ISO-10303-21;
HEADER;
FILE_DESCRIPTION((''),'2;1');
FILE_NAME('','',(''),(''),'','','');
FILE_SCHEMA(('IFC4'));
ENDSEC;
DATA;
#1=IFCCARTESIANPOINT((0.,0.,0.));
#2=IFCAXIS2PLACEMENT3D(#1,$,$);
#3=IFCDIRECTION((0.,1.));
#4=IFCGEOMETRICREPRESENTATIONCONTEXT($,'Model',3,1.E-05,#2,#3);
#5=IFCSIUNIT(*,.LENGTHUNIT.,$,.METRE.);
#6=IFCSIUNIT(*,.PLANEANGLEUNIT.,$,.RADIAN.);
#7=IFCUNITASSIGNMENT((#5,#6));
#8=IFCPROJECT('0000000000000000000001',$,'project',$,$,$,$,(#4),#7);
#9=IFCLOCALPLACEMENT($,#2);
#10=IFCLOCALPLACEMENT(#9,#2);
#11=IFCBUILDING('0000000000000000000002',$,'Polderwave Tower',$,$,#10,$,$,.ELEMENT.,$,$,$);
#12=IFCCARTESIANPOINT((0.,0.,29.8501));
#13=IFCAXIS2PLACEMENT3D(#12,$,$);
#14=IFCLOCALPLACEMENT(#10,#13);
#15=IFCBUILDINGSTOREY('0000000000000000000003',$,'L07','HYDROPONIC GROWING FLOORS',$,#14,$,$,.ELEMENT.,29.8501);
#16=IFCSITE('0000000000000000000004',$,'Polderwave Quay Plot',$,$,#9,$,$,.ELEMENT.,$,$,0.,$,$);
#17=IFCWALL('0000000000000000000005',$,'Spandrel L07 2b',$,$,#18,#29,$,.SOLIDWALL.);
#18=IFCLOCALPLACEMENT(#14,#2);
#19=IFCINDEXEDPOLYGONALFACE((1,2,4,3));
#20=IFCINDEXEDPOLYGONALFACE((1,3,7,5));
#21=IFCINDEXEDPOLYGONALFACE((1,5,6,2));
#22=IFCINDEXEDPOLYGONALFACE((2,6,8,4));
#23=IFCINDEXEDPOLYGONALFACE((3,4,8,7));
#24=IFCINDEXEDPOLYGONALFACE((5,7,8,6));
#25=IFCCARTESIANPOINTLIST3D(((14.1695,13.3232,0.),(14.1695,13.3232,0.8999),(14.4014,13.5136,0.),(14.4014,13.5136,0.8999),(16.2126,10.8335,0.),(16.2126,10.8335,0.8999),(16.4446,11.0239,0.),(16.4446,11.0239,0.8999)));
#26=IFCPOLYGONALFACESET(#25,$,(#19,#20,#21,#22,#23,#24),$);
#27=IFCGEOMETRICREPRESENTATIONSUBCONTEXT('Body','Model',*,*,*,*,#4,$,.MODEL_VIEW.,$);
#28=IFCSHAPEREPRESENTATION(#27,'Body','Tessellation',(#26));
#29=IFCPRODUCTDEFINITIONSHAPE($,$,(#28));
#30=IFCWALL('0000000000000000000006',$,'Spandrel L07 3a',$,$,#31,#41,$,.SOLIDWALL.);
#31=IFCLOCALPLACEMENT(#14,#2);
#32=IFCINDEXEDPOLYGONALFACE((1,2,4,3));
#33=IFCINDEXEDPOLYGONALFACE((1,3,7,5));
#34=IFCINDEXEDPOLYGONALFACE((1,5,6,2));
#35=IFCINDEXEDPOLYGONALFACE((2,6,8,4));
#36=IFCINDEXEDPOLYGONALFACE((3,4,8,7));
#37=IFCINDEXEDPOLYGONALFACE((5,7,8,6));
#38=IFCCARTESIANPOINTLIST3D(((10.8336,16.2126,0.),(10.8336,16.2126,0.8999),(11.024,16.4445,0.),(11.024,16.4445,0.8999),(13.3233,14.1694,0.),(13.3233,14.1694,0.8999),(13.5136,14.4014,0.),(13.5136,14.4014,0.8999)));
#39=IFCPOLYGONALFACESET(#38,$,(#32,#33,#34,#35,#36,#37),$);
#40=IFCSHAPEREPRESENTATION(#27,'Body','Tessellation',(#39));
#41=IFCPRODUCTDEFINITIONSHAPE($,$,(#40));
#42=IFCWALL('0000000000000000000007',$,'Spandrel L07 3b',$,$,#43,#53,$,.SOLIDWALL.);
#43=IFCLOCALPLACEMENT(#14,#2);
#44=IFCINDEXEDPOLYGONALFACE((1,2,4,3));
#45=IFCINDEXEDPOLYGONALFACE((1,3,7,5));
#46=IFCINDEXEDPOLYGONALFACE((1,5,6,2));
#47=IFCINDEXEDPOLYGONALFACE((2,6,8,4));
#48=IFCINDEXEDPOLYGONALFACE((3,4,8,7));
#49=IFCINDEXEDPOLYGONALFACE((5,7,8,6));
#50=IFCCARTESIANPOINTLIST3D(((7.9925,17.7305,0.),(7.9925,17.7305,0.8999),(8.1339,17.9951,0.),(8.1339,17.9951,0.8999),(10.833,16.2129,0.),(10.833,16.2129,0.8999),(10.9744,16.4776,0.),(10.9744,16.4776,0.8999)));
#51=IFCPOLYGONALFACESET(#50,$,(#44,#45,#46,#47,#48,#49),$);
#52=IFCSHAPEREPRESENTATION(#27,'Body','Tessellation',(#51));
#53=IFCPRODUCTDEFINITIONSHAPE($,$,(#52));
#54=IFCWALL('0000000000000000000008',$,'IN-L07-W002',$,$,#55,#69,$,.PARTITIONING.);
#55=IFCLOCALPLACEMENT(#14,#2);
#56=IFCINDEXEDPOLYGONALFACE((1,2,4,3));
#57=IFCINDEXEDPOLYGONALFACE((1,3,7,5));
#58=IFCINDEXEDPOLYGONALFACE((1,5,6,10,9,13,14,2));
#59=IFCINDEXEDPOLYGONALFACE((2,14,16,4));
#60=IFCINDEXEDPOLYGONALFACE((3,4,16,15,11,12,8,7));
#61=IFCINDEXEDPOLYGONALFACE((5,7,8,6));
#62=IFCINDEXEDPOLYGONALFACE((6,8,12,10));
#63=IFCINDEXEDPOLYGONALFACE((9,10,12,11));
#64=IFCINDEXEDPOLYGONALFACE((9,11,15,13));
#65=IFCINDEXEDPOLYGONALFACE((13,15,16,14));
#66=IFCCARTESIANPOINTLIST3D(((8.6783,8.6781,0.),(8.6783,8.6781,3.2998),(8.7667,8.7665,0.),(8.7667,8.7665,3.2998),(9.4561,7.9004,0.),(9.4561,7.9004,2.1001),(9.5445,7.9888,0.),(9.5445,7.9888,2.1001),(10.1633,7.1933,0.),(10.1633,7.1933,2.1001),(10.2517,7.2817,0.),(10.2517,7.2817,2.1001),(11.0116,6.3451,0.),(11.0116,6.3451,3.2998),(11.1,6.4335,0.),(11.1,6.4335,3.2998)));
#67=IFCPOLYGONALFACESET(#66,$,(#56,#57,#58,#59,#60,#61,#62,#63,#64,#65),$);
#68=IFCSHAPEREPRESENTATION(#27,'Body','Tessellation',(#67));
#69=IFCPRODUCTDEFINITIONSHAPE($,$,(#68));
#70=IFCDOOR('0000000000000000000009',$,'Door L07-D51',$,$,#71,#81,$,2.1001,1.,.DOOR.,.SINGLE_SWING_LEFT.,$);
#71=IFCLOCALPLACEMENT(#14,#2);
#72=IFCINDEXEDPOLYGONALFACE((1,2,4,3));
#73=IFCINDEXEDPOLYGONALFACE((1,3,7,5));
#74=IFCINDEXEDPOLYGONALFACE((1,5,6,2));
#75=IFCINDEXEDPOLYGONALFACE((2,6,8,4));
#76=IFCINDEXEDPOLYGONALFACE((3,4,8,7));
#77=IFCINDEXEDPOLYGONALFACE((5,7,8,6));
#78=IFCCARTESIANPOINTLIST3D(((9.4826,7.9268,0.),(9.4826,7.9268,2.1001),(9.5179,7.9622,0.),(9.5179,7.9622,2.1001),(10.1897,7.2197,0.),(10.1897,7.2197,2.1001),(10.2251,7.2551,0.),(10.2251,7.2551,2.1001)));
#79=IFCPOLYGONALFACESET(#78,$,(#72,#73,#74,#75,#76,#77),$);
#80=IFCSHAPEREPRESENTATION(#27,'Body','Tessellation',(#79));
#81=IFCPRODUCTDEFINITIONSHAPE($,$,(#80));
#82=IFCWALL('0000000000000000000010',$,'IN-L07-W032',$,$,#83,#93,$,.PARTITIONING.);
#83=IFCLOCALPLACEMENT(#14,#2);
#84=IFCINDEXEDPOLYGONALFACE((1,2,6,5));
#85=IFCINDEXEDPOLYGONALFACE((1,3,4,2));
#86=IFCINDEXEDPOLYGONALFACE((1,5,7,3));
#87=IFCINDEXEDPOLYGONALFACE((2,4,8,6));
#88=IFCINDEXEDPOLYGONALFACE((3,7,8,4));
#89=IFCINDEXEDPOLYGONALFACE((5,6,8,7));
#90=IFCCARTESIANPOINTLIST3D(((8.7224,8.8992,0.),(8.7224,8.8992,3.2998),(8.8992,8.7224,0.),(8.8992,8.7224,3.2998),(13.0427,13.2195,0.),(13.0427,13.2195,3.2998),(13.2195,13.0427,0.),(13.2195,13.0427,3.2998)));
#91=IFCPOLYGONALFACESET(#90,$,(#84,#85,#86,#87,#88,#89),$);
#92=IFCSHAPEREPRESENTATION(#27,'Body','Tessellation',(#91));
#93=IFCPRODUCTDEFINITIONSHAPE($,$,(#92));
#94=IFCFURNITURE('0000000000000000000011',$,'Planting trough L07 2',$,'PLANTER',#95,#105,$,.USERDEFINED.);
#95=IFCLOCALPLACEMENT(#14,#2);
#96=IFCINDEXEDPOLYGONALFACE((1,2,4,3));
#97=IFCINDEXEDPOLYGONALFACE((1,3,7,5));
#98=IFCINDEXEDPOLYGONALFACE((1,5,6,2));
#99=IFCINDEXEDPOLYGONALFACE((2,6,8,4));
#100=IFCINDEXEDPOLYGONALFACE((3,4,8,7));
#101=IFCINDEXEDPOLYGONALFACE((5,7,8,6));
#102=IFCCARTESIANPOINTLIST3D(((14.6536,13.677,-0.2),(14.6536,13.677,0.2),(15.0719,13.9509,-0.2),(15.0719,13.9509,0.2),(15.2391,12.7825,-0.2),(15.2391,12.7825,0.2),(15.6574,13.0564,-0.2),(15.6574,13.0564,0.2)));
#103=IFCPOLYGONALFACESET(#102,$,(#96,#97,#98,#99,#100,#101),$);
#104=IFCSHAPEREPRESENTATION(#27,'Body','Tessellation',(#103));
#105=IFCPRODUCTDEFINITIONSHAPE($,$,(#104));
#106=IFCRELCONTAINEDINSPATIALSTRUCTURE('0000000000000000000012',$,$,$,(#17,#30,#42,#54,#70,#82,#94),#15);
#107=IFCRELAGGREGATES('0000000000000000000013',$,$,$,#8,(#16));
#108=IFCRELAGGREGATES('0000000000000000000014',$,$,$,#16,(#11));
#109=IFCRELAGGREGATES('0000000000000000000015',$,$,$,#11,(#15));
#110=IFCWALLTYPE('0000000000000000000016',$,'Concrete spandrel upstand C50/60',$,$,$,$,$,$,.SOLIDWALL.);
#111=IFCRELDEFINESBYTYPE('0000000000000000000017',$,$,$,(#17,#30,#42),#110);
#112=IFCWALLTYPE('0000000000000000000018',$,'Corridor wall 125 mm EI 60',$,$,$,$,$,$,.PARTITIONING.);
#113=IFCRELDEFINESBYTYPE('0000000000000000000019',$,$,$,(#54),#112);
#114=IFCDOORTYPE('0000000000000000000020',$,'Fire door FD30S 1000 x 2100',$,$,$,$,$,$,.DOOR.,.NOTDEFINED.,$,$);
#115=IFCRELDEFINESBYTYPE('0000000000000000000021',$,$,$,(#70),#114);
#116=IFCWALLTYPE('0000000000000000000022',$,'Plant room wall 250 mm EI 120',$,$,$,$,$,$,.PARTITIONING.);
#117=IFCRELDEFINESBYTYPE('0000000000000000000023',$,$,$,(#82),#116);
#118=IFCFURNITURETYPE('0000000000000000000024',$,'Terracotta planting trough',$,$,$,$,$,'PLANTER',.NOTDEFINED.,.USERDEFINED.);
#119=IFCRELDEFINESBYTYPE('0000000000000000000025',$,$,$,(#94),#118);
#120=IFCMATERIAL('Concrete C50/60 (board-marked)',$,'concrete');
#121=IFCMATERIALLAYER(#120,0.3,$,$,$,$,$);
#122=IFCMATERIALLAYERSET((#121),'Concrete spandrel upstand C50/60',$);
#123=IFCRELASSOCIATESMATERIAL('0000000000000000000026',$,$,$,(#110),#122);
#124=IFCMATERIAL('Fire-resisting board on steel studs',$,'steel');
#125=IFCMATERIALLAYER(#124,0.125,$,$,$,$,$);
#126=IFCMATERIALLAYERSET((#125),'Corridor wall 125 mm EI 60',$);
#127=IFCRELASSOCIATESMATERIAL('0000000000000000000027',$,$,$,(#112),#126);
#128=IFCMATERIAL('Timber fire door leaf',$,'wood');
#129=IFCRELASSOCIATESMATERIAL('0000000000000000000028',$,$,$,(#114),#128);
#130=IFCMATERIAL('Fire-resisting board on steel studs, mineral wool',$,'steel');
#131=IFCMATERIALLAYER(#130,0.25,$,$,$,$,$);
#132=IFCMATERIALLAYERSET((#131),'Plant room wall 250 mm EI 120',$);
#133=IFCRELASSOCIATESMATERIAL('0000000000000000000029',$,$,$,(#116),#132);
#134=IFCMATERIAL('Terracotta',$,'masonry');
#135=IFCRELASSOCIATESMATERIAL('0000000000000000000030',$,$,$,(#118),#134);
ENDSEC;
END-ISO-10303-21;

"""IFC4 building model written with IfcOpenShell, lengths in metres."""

from ifc_helpers import new_model, si_unit, direction, frame, frame_2d, origin, origin_2d, place, context, subcontext, project, spatial, rectangle, extrude, material, layer, layer_set, type_object, element, fill, save


model = new_model("IFC4")

# Units and contexts
model_context = context("Model", 3, precision=1e-05, world=origin(), true_north=direction((0.0, 1.0)))
body_context = subcontext(model_context, "Body", "Model", "MODEL_VIEW")
ifc_project = project(units=[si_unit("LENGTHUNIT", "METRE"), si_unit("PLANEANGLEUNIT", "RADIAN")], contexts=[model_context])

# Site, building, storey
site_placement = place(None, origin())
site = spatial("IfcSite", under=ifc_project, at=site_placement, Name="Polderwave Quay Plot", CompositionType="ELEMENT", RefElevation=0.0)
building_placement = place(site_placement, origin())
building = spatial("IfcBuilding", under=site, at=building_placement, Name="Polderwave Tower", CompositionType="ELEMENT")
storey_placement = place(building_placement, frame((0.0, 0.0, 29.8501)))
storey = spatial("IfcBuildingStorey", under=building, at=storey_placement, Name="L07", Description="HYDROPONIC GROWING FLOORS", CompositionType="ELEMENT", Elevation=29.8501)

# Walls
ifc_material_1 = material(Name="Concrete C50/60 (board-marked)", Category="concrete")
ifc_layer_1 = layer(ifc_material_1, 0.3)
ifc_layer_set_1 = layer_set([ifc_layer_1], Name="Concrete spandrel upstand C50/60")
wall_type_1 = type_object("IfcWallType", Name="Concrete spandrel upstand C50/60", PredefinedType="SOLIDWALL", material=ifc_layer_set_1)
for number, where, z_axis, x_axis, name in (
    (1, (16.3286, 10.9287, 0.0), (0.0, 0.0, 1.0), (-0.63438, 0.773021, 0.0), "Spandrel L07 2b"),
    (2, (13.4185, 14.2854, 0.0), (0.0, 0.0, 1.0), (-0.773021, 0.63438, 0.0), "Spandrel L07 3a"),
):
    element("IfcWall", number, at=place(storey_placement, frame(where, z_axis=z_axis, x_axis=x_axis)), inside=storey, type_object=wall_type_1, Name=name, PredefinedType="SOLIDWALL", context=body_context, shape_type="SweptSolid", body=[
        extrude(rectangle(XDim=3.2207, YDim=0.3, at=frame_2d((1.6104, 0.0))), origin(), (0.0, 0.0, 1.0), 0.8999),
    ])
wall_1_placement = place(storey_placement, frame((10.9038, 16.3452, 0.0), z_axis=(0.0, 0.0, 1.0), x_axis=(-0.882017, 0.471218, 0.0)))
element("IfcWall", 3, at=wall_1_placement, inside=storey, type_object=wall_type_1, Name="Spandrel L07 3b", PredefinedType="SOLIDWALL", context=body_context, shape_type="SweptSolid", body=[
    extrude(rectangle(XDim=3.2205, YDim=0.3, at=frame_2d((1.6104, 0.0))), origin(), (0.0, 0.0, 1.0), 0.8999),
])

# Wall, opening, door
ifc_material_2 = material(Name="Fire-resisting board on steel studs", Category="steel")
ifc_layer_2 = layer(ifc_material_2, 0.125)
ifc_layer_set_2 = layer_set([ifc_layer_2], Name="Corridor wall 125 mm EI 60")
wall_type_2 = type_object("IfcWallType", Name="Corridor wall 125 mm EI 60", PredefinedType="PARTITIONING", material=ifc_layer_set_2)
wall_2_placement = place(storey_placement, frame((8.7224, 8.7224, 0.0), z_axis=(0.0, 0.0, 1.0), x_axis=(0.707144, -0.70707, 0.0)))
wall_2 = element("IfcWall", 4, at=wall_2_placement, inside=storey, type_object=wall_type_2, Name="IN-L07-W002", PredefinedType="PARTITIONING", context=body_context, shape_type="SweptSolid", body=[
    extrude(rectangle(XDim=3.2996, YDim=0.125, at=frame_2d((1.6499, 0.0))), origin(), (0.0, 0.0, 1.0), 3.2998),
])
opening_placement = place(wall_2_placement, frame((1.1001, 0.0, 0.0)))
opening = element("IfcOpeningElement", 5, at=opening_placement, cuts=wall_2, PredefinedType="OPENING", context=body_context, shape_type="SweptSolid", body=[
    extrude(rectangle(XDim=1.0, YDim=2.1001, at=frame_2d((0.5, 1.05))), frame((0.0, 0.0725, 0.0), z_axis=(0.0, -1.0, 0.0), x_axis=(1.0, 0.0, 0.0)), (0.0, 0.0, 1.0), 0.145),
])
ifc_material_3 = material(Name="Timber fire door leaf", Category="wood")
door_type = type_object("IfcDoorType", Name="Fire door FD30S 1000 x 2100", OperationType="NOTDEFINED", PredefinedType="DOOR", material=ifc_material_3)
door_placement = place(opening_placement, origin())
door = element("IfcDoor", 6, at=door_placement, inside=storey, type_object=door_type, Name="Door L07-D51", OperationType="SINGLE_SWING_LEFT", OverallHeight=2.1001, OverallWidth=1.0, PredefinedType="DOOR", context=body_context, shape_type="SweptSolid", body=[
    extrude(rectangle(XDim=1.0, YDim=2.1001, at=frame_2d((0.5, 1.05))), frame((0.0, 0.0249, 0.0), z_axis=(0.0, -1.0, 0.0), x_axis=(1.0, 0.0, 0.0)), (0.0, 0.0, 1.0), 0.05),
])
fill(opening, door)

# Wall
ifc_material_4 = material(Name="Fire-resisting board on steel studs, mineral wool", Category="steel")
ifc_layer_3 = layer(ifc_material_4, 0.25)
ifc_layer_set_3 = layer_set([ifc_layer_3], Name="Plant room wall 250 mm EI 120")
wall_type_3 = type_object("IfcWallType", Name="Plant room wall 250 mm EI 120", PredefinedType="PARTITIONING", material=ifc_layer_set_3)
wall_3_placement = place(storey_placement, frame((13.1311, 13.1311, 0.0), z_axis=(0.0, 0.0, 1.0), x_axis=(-0.707107, -0.707107, 0.0)))
element("IfcWall", 7, at=wall_3_placement, inside=storey, type_object=wall_type_3, Name="IN-L07-W032", PredefinedType="PARTITIONING", context=body_context, shape_type="SweptSolid", body=[
    extrude(rectangle(XDim=6.1099, YDim=0.25, at=frame_2d((3.0549, 0.0))), origin(), (0.0, 0.0, 1.0), 3.2998),
])

# Furniture
ifc_material_5 = material(Name="Terracotta", Category="masonry")
furniture_type = type_object("IfcFurnitureType", Name="Terracotta planting trough", ElementType="PLANTER", AssemblyPlace="NOTDEFINED", PredefinedType="USERDEFINED", material=ifc_material_5)
furniture_placement = place(storey_placement, frame((15.1555, 13.3667, -0.2), z_axis=(0.0, 0.0, 1.0), x_axis=(-0.547667, 0.836696, 0.0)))
element("IfcFurniture", 8, at=furniture_placement, inside=storey, type_object=furniture_type, Name="Planting trough L07 2", ObjectType="PLANTER", PredefinedType="USERDEFINED", context=body_context, shape_type="SweptSolid", body=[
    extrude(rectangle(XDim=1.0691, YDim=0.5, at=origin_2d()), origin(), (0.0, 0.0, 1.0), 0.3999),
])

save(model, "model.ifc")
